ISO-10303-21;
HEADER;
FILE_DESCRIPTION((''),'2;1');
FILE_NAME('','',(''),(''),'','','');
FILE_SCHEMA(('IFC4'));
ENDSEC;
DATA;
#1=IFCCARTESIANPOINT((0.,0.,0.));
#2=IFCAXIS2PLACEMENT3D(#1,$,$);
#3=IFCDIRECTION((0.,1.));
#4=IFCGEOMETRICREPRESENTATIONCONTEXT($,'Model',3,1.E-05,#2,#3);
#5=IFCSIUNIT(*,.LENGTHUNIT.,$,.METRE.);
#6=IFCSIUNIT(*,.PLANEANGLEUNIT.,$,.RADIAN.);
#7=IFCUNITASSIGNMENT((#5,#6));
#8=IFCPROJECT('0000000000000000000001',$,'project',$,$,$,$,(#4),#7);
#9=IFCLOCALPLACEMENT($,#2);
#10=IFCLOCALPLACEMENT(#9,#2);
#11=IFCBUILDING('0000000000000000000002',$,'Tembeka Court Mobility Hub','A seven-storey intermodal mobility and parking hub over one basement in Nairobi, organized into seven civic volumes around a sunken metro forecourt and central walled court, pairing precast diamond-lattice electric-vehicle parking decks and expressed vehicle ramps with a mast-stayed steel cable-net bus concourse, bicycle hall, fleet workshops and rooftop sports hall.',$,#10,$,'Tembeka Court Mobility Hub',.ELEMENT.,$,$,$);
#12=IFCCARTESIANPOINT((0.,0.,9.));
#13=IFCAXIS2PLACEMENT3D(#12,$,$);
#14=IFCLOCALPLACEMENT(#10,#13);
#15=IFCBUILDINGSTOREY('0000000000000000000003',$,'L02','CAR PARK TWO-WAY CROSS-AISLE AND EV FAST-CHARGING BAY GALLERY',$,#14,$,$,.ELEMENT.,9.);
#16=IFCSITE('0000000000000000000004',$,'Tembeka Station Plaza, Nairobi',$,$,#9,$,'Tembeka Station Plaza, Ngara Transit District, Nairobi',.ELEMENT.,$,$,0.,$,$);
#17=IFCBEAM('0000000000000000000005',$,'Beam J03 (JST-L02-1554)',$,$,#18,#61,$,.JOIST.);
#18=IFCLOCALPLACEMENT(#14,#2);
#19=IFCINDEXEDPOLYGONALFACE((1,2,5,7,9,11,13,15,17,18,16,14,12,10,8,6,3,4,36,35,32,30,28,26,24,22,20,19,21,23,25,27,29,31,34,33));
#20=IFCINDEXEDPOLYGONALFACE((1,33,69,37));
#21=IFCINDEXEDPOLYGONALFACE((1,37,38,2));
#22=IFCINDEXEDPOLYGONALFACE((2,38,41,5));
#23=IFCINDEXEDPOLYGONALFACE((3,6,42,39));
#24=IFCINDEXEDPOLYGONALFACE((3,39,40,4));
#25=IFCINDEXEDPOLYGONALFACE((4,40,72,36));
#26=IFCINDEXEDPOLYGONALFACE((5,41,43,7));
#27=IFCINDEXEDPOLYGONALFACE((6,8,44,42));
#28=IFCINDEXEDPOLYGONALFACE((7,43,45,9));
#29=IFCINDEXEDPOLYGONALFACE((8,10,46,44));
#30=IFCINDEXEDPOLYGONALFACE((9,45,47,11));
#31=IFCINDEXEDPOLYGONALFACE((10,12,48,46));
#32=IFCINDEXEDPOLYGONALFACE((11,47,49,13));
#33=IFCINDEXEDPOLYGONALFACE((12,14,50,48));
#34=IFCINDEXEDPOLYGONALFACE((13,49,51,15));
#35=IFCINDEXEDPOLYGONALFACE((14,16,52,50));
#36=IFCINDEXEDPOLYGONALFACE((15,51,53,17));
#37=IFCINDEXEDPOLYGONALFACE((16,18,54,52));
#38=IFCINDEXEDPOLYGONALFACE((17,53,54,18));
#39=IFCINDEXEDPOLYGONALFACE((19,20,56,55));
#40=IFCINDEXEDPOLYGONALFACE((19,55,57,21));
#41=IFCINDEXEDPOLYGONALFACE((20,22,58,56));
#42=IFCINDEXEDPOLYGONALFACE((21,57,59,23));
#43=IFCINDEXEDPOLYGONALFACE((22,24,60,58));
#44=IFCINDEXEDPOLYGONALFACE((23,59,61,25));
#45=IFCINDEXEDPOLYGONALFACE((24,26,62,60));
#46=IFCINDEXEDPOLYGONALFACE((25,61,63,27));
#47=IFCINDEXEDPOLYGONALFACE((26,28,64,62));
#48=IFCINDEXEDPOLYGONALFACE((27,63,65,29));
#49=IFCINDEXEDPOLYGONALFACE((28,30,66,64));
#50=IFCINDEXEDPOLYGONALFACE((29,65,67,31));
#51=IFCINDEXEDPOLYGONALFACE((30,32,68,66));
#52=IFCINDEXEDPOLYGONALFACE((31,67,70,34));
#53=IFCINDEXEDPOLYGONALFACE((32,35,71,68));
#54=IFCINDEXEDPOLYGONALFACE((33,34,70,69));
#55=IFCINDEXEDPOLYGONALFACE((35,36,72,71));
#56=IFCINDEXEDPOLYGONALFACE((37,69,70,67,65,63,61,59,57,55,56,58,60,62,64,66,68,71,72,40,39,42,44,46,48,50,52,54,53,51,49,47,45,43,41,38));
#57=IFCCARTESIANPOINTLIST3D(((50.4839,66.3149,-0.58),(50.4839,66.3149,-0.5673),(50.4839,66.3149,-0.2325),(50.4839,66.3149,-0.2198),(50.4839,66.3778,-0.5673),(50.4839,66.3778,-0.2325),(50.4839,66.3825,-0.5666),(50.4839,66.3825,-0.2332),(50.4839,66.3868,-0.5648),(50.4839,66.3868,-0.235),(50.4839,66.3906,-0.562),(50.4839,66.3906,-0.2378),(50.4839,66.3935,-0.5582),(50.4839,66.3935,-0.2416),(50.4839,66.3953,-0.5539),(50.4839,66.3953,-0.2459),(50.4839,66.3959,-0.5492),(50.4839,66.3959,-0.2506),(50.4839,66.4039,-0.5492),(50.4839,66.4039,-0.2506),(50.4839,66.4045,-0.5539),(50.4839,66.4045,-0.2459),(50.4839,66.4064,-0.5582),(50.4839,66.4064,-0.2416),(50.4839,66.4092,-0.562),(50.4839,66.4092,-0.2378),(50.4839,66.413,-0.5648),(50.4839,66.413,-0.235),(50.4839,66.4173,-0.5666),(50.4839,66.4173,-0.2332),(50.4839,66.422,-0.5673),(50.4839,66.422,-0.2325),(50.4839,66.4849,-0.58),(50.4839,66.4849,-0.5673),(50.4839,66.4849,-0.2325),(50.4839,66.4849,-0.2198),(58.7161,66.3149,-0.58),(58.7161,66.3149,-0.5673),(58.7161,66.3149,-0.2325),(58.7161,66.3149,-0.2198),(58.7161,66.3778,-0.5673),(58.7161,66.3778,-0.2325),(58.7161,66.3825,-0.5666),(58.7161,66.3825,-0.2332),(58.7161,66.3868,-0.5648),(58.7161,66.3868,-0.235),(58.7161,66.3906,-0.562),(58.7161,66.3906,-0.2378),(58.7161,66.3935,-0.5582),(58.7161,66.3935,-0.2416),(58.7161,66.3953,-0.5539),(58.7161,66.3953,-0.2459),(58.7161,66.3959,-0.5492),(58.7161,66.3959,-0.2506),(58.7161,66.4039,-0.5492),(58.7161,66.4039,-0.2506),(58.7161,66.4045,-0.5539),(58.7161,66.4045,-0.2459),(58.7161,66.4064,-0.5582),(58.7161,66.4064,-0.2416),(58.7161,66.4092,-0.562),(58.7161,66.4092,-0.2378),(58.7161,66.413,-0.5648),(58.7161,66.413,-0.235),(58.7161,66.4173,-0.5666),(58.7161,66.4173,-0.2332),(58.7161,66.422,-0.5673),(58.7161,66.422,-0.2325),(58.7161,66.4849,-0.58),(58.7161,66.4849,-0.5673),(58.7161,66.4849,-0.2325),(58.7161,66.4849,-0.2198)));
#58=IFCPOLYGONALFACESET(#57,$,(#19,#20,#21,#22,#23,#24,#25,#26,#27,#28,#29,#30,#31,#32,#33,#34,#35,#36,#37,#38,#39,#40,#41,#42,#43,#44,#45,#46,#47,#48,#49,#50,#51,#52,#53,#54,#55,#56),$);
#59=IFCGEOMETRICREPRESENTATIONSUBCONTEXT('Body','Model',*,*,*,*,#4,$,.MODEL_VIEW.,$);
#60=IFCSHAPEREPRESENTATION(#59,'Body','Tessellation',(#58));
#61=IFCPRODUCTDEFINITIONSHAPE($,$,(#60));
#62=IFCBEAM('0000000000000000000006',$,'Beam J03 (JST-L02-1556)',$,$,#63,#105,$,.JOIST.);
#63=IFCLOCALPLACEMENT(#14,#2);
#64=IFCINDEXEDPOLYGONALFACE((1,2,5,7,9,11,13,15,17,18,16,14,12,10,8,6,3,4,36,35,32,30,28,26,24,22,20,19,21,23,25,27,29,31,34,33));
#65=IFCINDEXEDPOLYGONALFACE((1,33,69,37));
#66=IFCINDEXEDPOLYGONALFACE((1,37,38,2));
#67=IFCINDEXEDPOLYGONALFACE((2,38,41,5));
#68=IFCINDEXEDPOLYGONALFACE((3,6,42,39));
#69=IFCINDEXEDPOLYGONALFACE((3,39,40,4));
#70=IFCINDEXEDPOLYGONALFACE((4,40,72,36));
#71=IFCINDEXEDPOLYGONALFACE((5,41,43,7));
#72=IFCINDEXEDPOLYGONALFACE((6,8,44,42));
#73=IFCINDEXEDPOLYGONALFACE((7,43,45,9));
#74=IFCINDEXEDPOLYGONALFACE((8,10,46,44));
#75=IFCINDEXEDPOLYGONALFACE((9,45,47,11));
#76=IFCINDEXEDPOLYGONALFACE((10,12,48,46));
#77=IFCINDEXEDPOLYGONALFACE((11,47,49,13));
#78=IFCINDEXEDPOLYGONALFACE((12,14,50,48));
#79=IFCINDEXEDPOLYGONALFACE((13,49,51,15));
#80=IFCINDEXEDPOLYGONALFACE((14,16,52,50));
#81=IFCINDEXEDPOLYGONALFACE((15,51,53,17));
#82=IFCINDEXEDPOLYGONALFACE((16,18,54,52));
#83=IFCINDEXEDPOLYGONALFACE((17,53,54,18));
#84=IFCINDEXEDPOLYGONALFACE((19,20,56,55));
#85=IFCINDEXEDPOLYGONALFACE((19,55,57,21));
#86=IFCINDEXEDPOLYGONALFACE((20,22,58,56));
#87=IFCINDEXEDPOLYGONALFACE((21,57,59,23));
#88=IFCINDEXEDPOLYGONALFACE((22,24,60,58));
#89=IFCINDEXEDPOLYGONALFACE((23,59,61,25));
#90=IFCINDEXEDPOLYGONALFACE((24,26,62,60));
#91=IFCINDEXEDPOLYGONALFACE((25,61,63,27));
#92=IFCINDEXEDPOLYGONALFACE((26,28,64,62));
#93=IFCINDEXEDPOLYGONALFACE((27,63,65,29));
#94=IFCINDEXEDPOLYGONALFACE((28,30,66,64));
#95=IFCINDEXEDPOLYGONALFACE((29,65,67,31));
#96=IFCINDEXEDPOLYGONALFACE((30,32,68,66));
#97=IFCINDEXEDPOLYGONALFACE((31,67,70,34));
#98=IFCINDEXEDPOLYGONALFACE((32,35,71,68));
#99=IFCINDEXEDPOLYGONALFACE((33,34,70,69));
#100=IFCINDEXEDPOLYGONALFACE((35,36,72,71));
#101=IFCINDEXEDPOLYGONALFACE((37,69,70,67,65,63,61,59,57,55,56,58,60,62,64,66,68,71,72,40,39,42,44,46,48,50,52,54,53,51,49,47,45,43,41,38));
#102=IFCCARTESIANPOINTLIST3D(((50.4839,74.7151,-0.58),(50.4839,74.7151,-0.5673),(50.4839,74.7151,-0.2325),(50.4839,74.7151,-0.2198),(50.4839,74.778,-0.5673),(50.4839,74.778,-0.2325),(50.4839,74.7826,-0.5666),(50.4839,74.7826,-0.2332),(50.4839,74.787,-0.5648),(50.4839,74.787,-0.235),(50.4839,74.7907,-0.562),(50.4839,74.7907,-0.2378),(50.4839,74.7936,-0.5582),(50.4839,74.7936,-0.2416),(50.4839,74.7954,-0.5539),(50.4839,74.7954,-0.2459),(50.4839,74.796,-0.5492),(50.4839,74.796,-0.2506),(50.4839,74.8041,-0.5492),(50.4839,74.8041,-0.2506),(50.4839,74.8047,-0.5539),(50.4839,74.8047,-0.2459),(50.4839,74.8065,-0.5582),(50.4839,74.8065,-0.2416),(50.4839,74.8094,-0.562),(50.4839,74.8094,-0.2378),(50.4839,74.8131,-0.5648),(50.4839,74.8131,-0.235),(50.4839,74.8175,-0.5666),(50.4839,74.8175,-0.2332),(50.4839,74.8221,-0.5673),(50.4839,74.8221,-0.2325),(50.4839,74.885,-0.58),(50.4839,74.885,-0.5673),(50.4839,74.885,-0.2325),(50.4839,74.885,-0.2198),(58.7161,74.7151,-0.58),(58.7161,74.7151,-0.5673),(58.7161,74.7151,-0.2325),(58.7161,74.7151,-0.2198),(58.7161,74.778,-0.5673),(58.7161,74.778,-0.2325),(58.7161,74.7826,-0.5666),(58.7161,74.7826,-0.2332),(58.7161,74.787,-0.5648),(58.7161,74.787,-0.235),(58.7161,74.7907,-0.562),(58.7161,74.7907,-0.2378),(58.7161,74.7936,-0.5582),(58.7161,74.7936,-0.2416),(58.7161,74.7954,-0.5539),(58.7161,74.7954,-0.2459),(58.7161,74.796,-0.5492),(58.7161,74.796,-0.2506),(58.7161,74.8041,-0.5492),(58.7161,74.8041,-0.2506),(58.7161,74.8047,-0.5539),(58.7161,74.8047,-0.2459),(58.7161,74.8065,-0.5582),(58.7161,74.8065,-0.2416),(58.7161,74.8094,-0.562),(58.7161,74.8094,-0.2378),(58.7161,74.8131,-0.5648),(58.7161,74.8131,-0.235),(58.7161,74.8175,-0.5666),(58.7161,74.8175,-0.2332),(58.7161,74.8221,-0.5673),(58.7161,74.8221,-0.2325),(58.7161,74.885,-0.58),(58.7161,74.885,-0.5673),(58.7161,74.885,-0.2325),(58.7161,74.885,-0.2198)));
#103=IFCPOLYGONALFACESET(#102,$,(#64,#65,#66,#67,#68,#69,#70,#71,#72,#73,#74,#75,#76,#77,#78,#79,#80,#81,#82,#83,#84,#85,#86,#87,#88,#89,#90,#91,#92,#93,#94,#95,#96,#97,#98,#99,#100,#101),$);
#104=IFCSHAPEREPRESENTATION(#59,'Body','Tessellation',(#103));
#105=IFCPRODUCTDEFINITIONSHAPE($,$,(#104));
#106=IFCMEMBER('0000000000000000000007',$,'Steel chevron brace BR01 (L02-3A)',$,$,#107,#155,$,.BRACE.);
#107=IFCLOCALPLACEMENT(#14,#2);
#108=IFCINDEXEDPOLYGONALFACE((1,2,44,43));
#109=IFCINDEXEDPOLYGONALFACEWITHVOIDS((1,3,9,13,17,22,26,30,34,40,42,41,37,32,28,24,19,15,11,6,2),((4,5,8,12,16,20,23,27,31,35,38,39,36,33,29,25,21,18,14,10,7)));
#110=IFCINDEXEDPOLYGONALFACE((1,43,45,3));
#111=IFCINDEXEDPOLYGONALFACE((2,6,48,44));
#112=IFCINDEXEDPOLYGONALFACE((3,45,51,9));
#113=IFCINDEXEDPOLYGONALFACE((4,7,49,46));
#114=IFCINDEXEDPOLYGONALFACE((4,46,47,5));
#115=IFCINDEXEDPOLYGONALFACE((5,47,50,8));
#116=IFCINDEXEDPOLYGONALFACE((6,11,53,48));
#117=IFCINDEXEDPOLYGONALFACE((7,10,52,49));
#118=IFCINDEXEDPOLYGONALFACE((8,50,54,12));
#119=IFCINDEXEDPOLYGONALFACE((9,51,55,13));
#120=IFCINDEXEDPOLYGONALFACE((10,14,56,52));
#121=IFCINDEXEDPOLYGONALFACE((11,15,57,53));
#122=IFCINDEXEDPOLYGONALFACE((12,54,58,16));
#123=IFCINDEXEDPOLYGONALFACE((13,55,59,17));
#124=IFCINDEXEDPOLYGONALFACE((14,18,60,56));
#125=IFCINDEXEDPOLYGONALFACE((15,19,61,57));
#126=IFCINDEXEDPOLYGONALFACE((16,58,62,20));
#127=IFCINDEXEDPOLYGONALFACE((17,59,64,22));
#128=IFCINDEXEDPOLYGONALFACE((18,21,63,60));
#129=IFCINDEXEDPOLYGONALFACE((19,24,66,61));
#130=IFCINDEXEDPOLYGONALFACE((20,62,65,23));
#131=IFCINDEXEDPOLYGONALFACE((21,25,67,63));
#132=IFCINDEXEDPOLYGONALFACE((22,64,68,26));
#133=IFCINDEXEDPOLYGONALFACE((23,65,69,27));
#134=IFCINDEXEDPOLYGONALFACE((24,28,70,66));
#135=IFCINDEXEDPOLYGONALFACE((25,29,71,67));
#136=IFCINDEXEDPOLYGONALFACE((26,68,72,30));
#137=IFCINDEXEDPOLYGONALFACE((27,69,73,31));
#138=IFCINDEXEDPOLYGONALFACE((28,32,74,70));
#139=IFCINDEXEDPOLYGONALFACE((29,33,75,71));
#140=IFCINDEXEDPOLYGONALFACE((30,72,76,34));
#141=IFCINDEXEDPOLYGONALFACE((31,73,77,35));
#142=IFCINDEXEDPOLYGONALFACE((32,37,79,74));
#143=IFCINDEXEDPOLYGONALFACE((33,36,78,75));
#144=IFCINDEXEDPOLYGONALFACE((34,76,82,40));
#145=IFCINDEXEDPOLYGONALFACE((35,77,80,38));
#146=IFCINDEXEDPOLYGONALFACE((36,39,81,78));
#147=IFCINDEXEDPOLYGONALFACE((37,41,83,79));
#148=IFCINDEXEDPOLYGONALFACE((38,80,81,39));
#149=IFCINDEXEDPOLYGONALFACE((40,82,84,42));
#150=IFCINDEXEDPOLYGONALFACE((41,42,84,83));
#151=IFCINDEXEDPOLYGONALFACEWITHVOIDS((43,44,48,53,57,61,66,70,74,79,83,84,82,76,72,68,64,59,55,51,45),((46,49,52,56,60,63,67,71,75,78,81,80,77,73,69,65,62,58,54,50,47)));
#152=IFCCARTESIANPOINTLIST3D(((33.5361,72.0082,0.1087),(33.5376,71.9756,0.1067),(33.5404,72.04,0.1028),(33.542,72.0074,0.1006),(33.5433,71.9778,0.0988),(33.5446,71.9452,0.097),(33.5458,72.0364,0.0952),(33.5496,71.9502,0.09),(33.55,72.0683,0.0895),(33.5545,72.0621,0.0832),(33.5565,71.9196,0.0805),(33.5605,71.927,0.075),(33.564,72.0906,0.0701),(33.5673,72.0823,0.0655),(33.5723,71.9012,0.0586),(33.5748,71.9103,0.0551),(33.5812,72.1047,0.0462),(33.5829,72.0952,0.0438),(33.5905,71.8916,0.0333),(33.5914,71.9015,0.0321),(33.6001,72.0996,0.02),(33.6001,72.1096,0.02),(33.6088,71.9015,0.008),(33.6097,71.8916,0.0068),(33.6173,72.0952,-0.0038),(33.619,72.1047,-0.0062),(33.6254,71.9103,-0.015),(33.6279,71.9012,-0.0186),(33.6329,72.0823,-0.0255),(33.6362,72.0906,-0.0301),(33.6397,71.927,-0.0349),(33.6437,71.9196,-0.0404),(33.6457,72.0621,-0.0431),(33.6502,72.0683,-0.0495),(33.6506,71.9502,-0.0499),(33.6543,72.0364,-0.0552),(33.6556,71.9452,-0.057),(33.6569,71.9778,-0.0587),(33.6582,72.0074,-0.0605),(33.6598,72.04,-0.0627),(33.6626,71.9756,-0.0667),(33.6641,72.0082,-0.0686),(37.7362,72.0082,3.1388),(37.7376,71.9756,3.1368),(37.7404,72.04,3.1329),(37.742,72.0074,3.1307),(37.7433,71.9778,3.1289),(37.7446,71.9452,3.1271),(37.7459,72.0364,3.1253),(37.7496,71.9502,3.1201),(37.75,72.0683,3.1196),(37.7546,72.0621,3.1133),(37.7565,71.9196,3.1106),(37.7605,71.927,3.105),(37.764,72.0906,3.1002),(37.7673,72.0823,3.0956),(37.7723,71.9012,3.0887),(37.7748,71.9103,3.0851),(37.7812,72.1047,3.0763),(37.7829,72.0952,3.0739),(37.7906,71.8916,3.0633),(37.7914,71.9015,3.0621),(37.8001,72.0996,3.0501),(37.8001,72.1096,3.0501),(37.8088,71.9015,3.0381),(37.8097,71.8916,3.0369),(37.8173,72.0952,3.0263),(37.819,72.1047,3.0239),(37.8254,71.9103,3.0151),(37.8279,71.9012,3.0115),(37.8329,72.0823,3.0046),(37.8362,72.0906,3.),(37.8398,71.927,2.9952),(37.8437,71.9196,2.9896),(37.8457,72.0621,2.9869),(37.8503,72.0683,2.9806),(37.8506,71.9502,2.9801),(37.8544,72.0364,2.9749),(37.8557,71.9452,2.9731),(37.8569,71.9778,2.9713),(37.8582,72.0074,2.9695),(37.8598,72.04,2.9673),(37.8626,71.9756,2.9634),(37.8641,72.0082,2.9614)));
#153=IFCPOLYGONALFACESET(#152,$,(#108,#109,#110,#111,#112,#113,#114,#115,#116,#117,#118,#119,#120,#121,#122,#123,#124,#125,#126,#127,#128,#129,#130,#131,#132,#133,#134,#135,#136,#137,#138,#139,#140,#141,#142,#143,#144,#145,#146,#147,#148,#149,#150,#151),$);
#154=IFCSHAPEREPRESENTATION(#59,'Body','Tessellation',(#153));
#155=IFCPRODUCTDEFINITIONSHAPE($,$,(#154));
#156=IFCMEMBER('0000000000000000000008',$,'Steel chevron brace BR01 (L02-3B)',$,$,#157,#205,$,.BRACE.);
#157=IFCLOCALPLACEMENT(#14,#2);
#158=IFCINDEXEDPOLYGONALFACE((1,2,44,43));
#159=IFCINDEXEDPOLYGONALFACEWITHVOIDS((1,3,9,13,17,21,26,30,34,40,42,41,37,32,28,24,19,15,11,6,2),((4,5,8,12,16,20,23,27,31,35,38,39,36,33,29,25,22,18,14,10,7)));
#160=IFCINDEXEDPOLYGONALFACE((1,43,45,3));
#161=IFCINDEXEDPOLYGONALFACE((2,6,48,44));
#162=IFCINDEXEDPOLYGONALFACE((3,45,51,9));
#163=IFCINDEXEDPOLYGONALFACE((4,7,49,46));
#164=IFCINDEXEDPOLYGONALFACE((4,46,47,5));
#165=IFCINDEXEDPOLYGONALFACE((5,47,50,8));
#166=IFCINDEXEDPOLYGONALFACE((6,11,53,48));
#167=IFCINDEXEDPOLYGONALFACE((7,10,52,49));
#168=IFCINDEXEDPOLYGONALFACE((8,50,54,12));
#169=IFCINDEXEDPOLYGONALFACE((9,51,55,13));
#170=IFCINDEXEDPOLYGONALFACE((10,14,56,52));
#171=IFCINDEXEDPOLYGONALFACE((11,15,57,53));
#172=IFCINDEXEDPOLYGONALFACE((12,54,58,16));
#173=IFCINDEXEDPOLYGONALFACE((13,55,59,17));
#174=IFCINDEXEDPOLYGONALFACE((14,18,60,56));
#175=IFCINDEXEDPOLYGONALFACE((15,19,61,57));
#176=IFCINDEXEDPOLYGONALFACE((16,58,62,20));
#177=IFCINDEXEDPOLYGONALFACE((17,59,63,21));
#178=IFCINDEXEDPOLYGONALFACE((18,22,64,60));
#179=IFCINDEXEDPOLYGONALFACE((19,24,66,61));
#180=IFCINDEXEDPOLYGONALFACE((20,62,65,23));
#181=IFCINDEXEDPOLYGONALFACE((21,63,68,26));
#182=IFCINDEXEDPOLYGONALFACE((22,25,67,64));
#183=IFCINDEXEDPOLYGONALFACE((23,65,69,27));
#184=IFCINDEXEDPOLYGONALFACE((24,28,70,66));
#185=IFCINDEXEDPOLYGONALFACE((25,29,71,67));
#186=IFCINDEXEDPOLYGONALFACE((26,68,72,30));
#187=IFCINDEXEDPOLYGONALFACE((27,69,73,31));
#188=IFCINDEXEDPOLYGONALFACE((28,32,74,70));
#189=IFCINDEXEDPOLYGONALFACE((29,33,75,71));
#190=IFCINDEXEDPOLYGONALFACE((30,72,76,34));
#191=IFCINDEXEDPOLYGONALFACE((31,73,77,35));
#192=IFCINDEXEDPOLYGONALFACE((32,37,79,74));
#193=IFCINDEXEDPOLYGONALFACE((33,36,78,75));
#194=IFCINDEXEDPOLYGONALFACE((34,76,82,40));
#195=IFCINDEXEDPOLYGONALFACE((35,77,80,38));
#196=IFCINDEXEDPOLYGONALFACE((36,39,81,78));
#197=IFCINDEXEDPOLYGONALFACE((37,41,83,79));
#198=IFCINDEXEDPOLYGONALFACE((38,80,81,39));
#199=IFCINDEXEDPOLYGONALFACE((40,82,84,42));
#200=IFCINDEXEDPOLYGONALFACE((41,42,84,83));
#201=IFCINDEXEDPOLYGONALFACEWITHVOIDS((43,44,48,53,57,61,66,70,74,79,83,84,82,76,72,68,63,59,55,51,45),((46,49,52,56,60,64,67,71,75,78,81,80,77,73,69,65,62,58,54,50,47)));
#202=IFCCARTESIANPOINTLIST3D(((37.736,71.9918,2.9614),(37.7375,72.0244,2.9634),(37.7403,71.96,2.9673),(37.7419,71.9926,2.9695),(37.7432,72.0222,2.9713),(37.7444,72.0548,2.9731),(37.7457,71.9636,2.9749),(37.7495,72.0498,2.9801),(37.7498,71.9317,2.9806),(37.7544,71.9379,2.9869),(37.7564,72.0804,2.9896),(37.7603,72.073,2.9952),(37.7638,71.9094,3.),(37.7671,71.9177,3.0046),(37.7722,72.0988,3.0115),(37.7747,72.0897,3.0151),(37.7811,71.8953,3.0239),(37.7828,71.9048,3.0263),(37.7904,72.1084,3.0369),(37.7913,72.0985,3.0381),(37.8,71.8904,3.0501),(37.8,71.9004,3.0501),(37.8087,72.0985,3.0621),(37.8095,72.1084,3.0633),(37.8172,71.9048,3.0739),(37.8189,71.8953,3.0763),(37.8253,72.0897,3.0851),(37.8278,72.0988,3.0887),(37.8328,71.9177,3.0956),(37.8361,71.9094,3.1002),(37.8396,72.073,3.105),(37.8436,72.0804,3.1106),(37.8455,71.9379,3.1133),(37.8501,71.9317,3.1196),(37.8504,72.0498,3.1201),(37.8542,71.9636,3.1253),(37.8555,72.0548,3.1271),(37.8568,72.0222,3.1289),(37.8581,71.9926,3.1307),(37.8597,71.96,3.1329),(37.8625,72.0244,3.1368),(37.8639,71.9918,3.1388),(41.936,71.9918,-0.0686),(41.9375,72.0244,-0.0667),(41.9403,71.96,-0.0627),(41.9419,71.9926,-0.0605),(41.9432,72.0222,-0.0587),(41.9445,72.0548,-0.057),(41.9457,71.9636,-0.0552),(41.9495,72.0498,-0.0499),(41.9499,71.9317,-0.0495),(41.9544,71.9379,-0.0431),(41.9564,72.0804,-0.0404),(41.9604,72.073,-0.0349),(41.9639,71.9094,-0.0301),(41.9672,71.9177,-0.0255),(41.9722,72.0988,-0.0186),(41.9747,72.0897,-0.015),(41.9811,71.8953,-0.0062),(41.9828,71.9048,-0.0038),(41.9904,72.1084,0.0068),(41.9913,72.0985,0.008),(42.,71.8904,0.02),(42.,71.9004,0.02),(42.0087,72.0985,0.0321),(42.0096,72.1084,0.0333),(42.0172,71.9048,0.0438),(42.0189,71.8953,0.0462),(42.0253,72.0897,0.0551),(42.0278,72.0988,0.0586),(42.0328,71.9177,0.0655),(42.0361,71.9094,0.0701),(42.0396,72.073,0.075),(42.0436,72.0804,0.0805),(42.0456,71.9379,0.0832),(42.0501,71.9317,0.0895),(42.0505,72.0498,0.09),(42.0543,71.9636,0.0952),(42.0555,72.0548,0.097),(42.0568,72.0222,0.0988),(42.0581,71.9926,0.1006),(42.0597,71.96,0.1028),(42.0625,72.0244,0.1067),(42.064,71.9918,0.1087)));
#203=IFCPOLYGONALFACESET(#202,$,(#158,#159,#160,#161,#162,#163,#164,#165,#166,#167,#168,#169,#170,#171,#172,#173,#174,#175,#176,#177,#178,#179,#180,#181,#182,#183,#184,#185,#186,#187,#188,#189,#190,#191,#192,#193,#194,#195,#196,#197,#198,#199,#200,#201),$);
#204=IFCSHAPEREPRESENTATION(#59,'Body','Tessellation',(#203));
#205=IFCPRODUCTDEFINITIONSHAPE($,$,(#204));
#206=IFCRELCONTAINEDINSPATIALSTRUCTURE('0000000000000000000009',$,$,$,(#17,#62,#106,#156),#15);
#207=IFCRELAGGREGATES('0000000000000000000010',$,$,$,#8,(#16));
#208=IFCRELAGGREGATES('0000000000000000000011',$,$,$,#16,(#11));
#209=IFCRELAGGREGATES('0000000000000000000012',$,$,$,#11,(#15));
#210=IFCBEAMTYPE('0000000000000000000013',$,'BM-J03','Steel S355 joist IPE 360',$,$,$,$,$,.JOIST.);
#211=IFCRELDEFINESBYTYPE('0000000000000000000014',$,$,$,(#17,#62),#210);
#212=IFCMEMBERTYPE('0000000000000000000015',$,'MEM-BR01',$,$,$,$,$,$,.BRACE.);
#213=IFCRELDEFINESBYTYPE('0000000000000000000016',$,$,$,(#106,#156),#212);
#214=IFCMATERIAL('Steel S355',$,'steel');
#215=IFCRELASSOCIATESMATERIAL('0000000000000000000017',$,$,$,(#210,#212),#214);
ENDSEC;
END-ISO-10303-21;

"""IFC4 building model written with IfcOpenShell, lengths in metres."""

from ifc_helpers import new_model, si_unit, direction, frame, origin, origin_2d, place, context, subcontext, project, spatial, hollow_circle, i_section, extrude, material, material_profile, profile_set, type_object, element, save


model = new_model("IFC4")

# Units and contexts
model_context = context("Model", 3, precision=1e-05, world=origin(), true_north=direction((0.0, 1.0)))
body_context = subcontext(model_context, "Body", "Model", "MODEL_VIEW")
ifc_project = project(units=[si_unit("LENGTHUNIT", "METRE"), si_unit("PLANEANGLEUNIT", "RADIAN")], contexts=[model_context])

# Site, building, storey
site_placement = place(None, origin())
site = spatial("IfcSite", under=ifc_project, at=site_placement, Name="Tembeka Station Plaza, Nairobi", LongName="Tembeka Station Plaza, Ngara Transit District, Nairobi", CompositionType="ELEMENT", RefElevation=0.0)
building_placement = place(site_placement, origin())
building = spatial("IfcBuilding", under=site, at=building_placement, Name="Tembeka Court Mobility Hub", Description="A seven-storey intermodal mobility and parking hub over one basement in Nairobi, organized into seven civic volumes around a sunken metro forecourt and central walled court, pairing precast diamond-lattice electric-vehicle parking decks and expressed vehicle ramps with a mast-stayed steel cable-net bus concourse, bicycle hall, fleet workshops and rooftop sports hall.", LongName="Tembeka Court Mobility Hub", CompositionType="ELEMENT")
storey_placement = place(building_placement, frame((0.0, 0.0, 9.0)))
storey = spatial("IfcBuildingStorey", under=building, at=storey_placement, Name="L02", Description="CAR PARK TWO-WAY CROSS-AISLE AND EV FAST-CHARGING BAY GALLERY", CompositionType="ELEMENT", Elevation=9.0)

# Shared definitions
ifc_material = material(Name="Steel S355", Category="steel")

# Beams
ifc_material_profile_1 = material_profile(ifc_material, i_section(OverallWidth=0.1699, OverallDepth=0.3601, WebThickness=0.0081, FlangeThickness=0.0127, FilletRadius=0.0181, at=origin_2d()), Name="IPE 360")
ifc_profile_set_1 = profile_set([ifc_material_profile_1], Name="Steel S355")
beam_type_1 = type_object("IfcBeamType", Name="BM-J03", Description="Steel S355 joist IPE 360", PredefinedType="JOIST", material=ifc_profile_set_1)
for number, where, z_axis, x_axis, name in (
    (1, (50.4839, 66.3999, -0.3999), (1.0, 0.0, 0.0), (0.0, 1.0, 0.0), "Beam J03 (JST-L02-1554)"),
    (2, (50.4839, 74.8, -0.3999), (1.0, 0.0, 0.0), (0.0, 1.0, 0.0), "Beam J03 (JST-L02-1556)"),
):
    element("IfcBeam", number, at=place(storey_placement, frame(where, z_axis=z_axis, x_axis=x_axis)), inside=storey, type_object=beam_type_1, Name=name, PredefinedType="JOIST", context=body_context, shape_type="SweptSolid", body=[
        extrude(i_section(OverallWidth=0.1699, OverallDepth=0.3601, WebThickness=0.0081, FlangeThickness=0.0127, FilletRadius=0.0181, at=origin_2d()), origin(), (0.0, 0.0, 1.0), 8.2322),
    ])

# Members
ifc_material_profile_2 = material_profile(ifc_material, hollow_circle(Radius=0.1096, WallThickness=0.01, at=origin_2d()), Name="CHS 219.1x10")
ifc_profile_set_2 = profile_set([ifc_material_profile_2], Name="Steel S355")
member_type = type_object("IfcMemberType", Name="MEM-BR01", PredefinedType="BRACE", material=ifc_profile_set_2)
for number, where, z_axis, x_axis, name in (
    (3, (33.6001, 72.0, 0.02), (0.810979, 0.0, 0.585076), (0.0, 1.0, 0.0), "Steel chevron brace BR01 (L02-3A)"),
    (4, (42.0, 72.0, 0.02), (-0.810979, 0.0, 0.585076), (0.0, -1.0, 0.0), "Steel chevron brace BR01 (L02-3B)"),
):
    element("IfcMember", number, at=place(storey_placement, frame(where, z_axis=z_axis, x_axis=x_axis)), inside=storey, type_object=member_type, Name=name, PredefinedType="BRACE", context=body_context, shape_type="SweptSolid", body=[
        extrude(hollow_circle(Radius=0.1096, WallThickness=0.01, at=origin_2d()), origin(), (0.0, 0.0, 1.0), 5.179),
    ])

save(model, "model.ifc")
